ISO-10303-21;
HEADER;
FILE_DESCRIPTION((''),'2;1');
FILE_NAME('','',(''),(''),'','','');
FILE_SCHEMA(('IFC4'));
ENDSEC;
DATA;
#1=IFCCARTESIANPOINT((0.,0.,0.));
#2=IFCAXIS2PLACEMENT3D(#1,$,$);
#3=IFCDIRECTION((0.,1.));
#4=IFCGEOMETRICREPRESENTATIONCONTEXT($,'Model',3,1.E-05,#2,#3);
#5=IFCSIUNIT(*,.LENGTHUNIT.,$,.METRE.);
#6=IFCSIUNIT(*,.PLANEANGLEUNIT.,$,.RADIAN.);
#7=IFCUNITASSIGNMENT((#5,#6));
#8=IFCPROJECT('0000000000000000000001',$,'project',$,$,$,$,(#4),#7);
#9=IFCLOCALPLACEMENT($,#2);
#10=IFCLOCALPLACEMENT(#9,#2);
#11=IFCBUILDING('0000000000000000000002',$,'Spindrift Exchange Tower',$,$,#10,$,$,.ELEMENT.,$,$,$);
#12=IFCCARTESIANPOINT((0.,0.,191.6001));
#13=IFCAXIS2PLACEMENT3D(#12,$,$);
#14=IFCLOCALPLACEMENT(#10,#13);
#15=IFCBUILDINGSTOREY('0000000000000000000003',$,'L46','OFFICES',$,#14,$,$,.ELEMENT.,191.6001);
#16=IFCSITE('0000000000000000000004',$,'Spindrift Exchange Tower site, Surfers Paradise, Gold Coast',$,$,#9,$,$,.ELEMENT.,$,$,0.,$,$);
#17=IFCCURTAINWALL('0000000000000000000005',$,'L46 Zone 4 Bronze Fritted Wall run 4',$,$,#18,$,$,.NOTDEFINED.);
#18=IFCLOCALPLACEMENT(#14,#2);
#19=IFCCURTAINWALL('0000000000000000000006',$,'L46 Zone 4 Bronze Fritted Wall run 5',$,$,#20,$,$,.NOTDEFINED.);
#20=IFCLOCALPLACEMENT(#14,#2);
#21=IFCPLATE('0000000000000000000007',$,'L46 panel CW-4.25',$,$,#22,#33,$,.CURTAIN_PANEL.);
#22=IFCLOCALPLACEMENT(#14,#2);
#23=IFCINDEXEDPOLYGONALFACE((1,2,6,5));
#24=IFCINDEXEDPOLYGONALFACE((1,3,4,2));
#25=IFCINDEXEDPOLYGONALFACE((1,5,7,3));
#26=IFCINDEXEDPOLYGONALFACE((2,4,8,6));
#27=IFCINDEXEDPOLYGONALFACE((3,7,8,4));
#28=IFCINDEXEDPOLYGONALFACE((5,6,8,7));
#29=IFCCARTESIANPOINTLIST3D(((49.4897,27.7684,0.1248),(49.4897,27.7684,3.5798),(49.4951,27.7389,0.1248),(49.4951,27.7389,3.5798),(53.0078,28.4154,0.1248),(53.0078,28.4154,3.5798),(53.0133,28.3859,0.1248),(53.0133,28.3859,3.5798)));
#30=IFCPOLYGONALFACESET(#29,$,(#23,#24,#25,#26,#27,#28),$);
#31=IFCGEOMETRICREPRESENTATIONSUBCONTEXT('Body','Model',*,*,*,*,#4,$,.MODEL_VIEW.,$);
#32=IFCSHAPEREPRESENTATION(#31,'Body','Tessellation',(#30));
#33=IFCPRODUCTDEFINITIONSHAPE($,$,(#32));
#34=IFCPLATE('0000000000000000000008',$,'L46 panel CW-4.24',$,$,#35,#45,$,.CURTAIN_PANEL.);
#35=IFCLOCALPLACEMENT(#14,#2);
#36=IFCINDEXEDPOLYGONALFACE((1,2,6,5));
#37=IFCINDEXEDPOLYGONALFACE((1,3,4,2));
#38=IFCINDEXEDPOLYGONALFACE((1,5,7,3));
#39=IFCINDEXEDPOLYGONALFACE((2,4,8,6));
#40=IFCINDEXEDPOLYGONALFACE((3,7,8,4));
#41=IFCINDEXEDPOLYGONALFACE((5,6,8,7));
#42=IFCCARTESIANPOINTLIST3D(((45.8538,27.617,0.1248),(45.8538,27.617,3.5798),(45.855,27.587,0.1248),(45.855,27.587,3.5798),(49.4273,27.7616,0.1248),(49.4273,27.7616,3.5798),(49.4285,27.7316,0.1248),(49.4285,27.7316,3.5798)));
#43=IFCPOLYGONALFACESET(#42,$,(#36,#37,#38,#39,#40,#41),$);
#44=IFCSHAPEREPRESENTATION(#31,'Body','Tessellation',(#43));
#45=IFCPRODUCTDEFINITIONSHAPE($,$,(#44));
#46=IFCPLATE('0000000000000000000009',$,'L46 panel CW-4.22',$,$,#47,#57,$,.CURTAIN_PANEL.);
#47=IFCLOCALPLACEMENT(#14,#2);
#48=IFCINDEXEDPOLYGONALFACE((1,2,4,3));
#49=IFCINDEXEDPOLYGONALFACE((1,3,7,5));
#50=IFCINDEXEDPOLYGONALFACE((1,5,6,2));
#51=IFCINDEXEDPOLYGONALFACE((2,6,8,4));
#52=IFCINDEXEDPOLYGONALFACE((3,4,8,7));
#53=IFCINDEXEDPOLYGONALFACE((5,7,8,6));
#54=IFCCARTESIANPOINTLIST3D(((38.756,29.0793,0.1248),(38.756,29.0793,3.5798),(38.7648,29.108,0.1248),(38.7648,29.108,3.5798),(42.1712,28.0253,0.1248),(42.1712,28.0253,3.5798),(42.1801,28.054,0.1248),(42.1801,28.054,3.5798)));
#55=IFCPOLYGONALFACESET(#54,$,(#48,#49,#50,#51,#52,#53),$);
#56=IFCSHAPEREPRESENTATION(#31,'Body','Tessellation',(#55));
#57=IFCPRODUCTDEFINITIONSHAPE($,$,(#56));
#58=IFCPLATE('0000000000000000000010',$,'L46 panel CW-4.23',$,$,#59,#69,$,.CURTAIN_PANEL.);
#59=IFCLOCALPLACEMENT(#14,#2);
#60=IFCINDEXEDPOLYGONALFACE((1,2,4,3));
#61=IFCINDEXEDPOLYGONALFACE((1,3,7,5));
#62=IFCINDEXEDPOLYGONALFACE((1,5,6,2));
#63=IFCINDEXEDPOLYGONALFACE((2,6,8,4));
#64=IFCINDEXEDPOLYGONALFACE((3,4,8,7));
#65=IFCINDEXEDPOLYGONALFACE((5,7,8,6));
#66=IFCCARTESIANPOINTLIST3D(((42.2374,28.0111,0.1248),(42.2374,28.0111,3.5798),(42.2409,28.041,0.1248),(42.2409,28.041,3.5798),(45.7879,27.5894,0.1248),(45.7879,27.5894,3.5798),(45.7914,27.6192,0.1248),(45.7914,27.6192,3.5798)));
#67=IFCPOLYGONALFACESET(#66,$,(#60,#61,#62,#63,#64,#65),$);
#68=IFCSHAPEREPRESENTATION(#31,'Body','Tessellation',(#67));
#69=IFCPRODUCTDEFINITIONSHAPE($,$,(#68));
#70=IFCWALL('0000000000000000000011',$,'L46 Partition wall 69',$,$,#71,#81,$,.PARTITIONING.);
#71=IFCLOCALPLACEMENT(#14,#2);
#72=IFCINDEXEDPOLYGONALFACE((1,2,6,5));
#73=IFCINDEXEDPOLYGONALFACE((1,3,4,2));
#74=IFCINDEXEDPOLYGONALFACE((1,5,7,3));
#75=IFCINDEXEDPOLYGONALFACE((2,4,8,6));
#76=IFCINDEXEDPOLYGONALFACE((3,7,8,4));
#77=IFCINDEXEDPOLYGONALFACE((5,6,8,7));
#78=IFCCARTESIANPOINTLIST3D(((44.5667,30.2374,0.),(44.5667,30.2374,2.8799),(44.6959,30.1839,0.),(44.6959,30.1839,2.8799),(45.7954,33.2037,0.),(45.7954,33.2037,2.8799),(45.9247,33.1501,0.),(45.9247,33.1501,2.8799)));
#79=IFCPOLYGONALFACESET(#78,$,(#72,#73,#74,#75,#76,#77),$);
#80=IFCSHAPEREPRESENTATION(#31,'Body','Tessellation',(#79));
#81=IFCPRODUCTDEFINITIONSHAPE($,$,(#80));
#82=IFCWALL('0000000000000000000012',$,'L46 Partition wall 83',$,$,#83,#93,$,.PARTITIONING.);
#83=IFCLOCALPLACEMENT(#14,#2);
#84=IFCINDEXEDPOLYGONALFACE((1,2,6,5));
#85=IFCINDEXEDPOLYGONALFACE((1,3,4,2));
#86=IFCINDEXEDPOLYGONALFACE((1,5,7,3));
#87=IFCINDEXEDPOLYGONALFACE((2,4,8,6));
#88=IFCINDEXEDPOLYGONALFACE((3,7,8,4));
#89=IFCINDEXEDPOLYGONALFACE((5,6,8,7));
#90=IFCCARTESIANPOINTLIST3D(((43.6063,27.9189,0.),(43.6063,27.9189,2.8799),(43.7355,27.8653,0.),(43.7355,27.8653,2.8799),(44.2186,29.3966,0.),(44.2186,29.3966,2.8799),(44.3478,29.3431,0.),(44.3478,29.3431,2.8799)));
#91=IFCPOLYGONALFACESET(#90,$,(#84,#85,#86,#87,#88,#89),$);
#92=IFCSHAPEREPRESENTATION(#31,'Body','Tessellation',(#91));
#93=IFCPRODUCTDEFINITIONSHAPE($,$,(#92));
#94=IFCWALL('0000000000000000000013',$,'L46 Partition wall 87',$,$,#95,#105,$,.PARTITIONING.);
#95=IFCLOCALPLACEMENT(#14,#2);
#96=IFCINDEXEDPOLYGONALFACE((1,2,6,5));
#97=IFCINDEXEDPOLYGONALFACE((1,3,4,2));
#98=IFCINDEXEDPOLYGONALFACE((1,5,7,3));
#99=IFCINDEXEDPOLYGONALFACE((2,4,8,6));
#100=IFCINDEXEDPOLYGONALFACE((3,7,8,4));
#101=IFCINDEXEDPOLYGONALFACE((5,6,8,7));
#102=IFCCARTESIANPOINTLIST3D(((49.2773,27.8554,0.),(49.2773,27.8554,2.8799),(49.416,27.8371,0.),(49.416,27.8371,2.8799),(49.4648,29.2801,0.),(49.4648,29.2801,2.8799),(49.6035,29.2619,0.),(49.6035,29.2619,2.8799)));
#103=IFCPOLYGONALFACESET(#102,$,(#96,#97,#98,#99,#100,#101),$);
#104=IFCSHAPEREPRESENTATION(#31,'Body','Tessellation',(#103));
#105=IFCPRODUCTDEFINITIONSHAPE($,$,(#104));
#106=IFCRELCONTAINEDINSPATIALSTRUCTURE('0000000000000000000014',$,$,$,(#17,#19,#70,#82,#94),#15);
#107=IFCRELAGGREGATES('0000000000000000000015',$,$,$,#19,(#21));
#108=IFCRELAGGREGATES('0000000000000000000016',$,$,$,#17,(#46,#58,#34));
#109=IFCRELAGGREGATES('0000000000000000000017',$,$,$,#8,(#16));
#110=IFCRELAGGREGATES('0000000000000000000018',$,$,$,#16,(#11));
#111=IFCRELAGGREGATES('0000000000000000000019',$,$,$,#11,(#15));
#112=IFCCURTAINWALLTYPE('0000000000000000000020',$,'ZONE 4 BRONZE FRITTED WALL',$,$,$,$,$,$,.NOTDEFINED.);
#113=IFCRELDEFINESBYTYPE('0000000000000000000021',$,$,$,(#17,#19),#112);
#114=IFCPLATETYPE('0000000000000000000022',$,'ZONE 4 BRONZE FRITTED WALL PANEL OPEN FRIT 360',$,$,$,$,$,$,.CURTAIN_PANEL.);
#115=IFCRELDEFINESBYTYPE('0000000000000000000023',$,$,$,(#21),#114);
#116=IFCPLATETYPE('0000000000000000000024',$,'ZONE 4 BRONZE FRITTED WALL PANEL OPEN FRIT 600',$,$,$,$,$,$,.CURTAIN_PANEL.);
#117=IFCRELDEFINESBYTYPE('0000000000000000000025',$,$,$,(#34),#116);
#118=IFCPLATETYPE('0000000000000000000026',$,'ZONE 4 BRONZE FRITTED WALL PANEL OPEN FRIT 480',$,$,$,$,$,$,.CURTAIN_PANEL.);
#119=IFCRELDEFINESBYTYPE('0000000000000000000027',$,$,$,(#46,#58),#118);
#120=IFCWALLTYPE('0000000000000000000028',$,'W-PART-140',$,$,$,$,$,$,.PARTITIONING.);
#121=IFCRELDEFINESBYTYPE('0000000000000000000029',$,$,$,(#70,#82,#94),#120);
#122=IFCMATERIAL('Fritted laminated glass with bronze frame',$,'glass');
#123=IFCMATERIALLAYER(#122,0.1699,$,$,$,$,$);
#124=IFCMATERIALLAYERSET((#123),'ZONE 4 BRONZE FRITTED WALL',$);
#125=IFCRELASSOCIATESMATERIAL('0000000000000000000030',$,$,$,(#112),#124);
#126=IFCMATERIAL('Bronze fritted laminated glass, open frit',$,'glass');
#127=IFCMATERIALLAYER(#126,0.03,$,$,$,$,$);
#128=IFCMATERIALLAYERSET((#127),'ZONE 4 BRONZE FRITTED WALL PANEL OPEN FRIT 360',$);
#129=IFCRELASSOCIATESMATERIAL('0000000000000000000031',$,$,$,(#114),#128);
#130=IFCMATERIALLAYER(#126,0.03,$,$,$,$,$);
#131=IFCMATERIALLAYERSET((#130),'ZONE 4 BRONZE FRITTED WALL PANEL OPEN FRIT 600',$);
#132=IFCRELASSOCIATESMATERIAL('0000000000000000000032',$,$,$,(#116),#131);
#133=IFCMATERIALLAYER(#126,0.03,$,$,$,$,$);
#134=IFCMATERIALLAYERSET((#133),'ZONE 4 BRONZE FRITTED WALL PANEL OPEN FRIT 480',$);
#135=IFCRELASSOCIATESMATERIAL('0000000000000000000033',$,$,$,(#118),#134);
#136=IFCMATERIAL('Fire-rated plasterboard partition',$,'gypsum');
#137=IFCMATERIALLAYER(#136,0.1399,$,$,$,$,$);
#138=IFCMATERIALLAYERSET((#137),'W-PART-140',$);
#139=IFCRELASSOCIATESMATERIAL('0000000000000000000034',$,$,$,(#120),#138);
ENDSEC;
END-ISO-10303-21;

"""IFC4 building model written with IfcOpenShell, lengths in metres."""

from ifc_helpers import new_model, si_unit, direction, frame, frame_2d, origin, origin_2d, place, context, subcontext, project, spatial, rectangle, extrude, source, transform, mapped, material, layer, layer_set, type_object, element, aggregate, save


model = new_model("IFC4")

# Units and contexts
model_context = context("Model", 3, precision=1e-05, world=origin(), true_north=direction((0.0, 1.0)))
body_context = subcontext(model_context, "Body", "Model", "MODEL_VIEW")
ifc_project = project(units=[si_unit("LENGTHUNIT", "METRE"), si_unit("PLANEANGLEUNIT", "RADIAN")], contexts=[model_context])

# Site, building, storey
site_placement = place(None, origin())
site = spatial("IfcSite", under=ifc_project, at=site_placement, Name="Spindrift Exchange Tower site, Surfers Paradise, Gold Coast", CompositionType="ELEMENT", RefElevation=0.0)
building_placement = place(site_placement, origin())
building = spatial("IfcBuilding", under=site, at=building_placement, Name="Spindrift Exchange Tower", CompositionType="ELEMENT")
storey_placement = place(building_placement, frame((0.0, 0.0, 191.6001)))
storey = spatial("IfcBuildingStorey", under=building, at=storey_placement, Name="L46", Description="OFFICES", CompositionType="ELEMENT", Elevation=191.6001)

# Curtain walls
ifc_material_1 = material(Name="Fritted laminated glass with bronze frame", Category="glass")
ifc_layer_1 = layer(ifc_material_1, 0.1699)
ifc_layer_set_1 = layer_set([ifc_layer_1], Name="ZONE 4 BRONZE FRITTED WALL")
curtain_wall_type = type_object("IfcCurtainWallType", Name="ZONE 4 BRONZE FRITTED WALL", PredefinedType="NOTDEFINED", material=ifc_layer_set_1)
curtain_wall_1_placement = place(storey_placement, origin())
curtain_wall_1 = element("IfcCurtainWall", 1, at=curtain_wall_1_placement, inside=storey, type_object=curtain_wall_type, Name="L46 Zone 4 Bronze Fritted Wall run 4", PredefinedType="NOTDEFINED")
curtain_wall_2_placement = place(storey_placement, origin())
curtain_wall_2 = element("IfcCurtainWall", 2, at=curtain_wall_2_placement, inside=storey, type_object=curtain_wall_type, Name="L46 Zone 4 Bronze Fritted Wall run 5", PredefinedType="NOTDEFINED")

# Plates
ifc_material_2 = material(Name="Bronze fritted laminated glass, open frit", Category="glass")
ifc_layer_2 = layer(ifc_material_2, 0.03)
ifc_layer_set_2 = layer_set([ifc_layer_2], Name="ZONE 4 BRONZE FRITTED WALL PANEL OPEN FRIT 360")
plate_type_1 = type_object("IfcPlateType", Name="ZONE 4 BRONZE FRITTED WALL PANEL OPEN FRIT 360", PredefinedType="CURTAIN_PANEL", material=ifc_layer_set_2)
shared_shape_1 = source(origin(), body_context, "Body", "SweptSolid", [
    extrude(rectangle(XDim=3.5771, YDim=0.03, at=origin_2d()), origin(), (0.0, 0.0, 1.0), 3.4551),
])
plate_1_placement = place(storey_placement, frame((51.2515, 28.0771, 0.1248), z_axis=(0.0, 0.0, 1.0), x_axis=(0.983505, 0.180881, 0.0)))
plate_1 = element("IfcPlate", 3, at=plate_1_placement, type_object=plate_type_1, Name="L46 panel CW-4.25", PredefinedType="CURTAIN_PANEL", context=body_context, shape_type="MappedRepresentation", body=[
    mapped(shared_shape_1, transform((0.0, 0.0, 0.0), scale=1.0)),
])
aggregate(curtain_wall_2, [plate_1])
ifc_layer_3 = layer(ifc_material_2, 0.03)
ifc_layer_set_3 = layer_set([ifc_layer_3], Name="ZONE 4 BRONZE FRITTED WALL PANEL OPEN FRIT 600")
plate_type_2 = type_object("IfcPlateType", Name="ZONE 4 BRONZE FRITTED WALL PANEL OPEN FRIT 600", PredefinedType="CURTAIN_PANEL", material=ifc_layer_set_3)
shared_shape_2 = source(origin(), body_context, "Body", "SweptSolid", [
    extrude(rectangle(XDim=3.5764, YDim=0.03, at=origin_2d()), origin(), (0.0, 0.0, 1.0), 3.4551),
])
plate_2_placement = place(storey_placement, frame((47.6411, 27.6743, 0.1248), z_axis=(0.0, 0.0, 1.0), x_axis=(0.999183, 0.040423, 0.0)))
plate_2 = element("IfcPlate", 4, at=plate_2_placement, type_object=plate_type_2, Name="L46 panel CW-4.24", PredefinedType="CURTAIN_PANEL", context=body_context, shape_type="MappedRepresentation", body=[
    mapped(shared_shape_2, transform((0.0, 0.0, 0.0), scale=1.0)),
])
ifc_layer_4 = layer(ifc_material_2, 0.03)
ifc_layer_set_4 = layer_set([ifc_layer_4], Name="ZONE 4 BRONZE FRITTED WALL PANEL OPEN FRIT 480")
plate_type_3 = type_object("IfcPlateType", Name="ZONE 4 BRONZE FRITTED WALL PANEL OPEN FRIT 480", PredefinedType="CURTAIN_PANEL", material=ifc_layer_set_4)
shared_shape_3 = source(origin(), body_context, "Body", "SweptSolid", [
    extrude(rectangle(XDim=3.5742, YDim=0.03, at=origin_2d()), origin(), (0.0, 0.0, 1.0), 3.4551),
])
plate_3_placement = place(storey_placement, frame((40.468, 28.5667, 0.1248), z_axis=(0.0, 0.0, 1.0), x_axis=(0.955529, -0.294896, 0.0)))
plate_3 = element("IfcPlate", 5, at=plate_3_placement, type_object=plate_type_3, Name="L46 panel CW-4.22", PredefinedType="CURTAIN_PANEL", context=body_context, shape_type="MappedRepresentation", body=[
    mapped(shared_shape_3, transform((0.0, 0.0, 0.0), scale=1.0)),
])
shared_shape_4 = source(origin(), body_context, "Body", "SweptSolid", [
    extrude(rectangle(XDim=3.5754, YDim=0.03, at=origin_2d()), origin(), (0.0, 0.0, 1.0), 3.4551),
])
plate_4_placement = place(storey_placement, frame((44.0144, 27.8152, 0.1248), z_axis=(0.0, 0.0, 1.0), x_axis=(0.99302, -0.11795, 0.0)))
plate_4 = element("IfcPlate", 6, at=plate_4_placement, type_object=plate_type_3, Name="L46 panel CW-4.23", PredefinedType="CURTAIN_PANEL", context=body_context, shape_type="MappedRepresentation", body=[
    mapped(shared_shape_4, transform((0.0, 0.0, 0.0), scale=1.0)),
])
aggregate(curtain_wall_1, [plate_3, plate_4, plate_2])

# Walls
ifc_material_3 = material(Name="Fire-rated plasterboard partition", Category="gypsum")
ifc_layer_5 = layer(ifc_material_3, 0.1399)
ifc_layer_set_5 = layer_set([ifc_layer_5], Name="W-PART-140")
wall_type = type_object("IfcWallType", Name="W-PART-140", PredefinedType="PARTITIONING", material=ifc_layer_set_5)
wall_1_placement = place(storey_placement, frame((45.8601, 33.177, 0.0), z_axis=(0.0, 0.0, 1.0), x_axis=(-0.382703, -0.923871, 0.0)))
element("IfcWall", 7, at=wall_1_placement, inside=storey, type_object=wall_type, Name="L46 Partition wall 69", PredefinedType="PARTITIONING", context=body_context, shape_type="SweptSolid", body=[
    extrude(rectangle(XDim=3.2107, YDim=0.1399, at=frame_2d((1.6055, 0.0))), origin(), (0.0, 0.0, 1.0), 2.8799),
])
wall_2_placement = place(storey_placement, frame((44.2832, 29.3699, 0.0), z_axis=(0.0, 0.0, 1.0), x_axis=(-0.382783, -0.923838, 0.0)))
element("IfcWall", 8, at=wall_2_placement, inside=storey, type_object=wall_type, Name="L46 Partition wall 83", PredefinedType="PARTITIONING", context=body_context, shape_type="SweptSolid", body=[
    extrude(rectangle(XDim=1.5996, YDim=0.1399, at=frame_2d((0.7998, 0.0))), origin(), (0.0, 0.0, 1.0), 2.8799),
])
wall_3_placement = place(storey_placement, frame((49.5342, 29.271, 0.0), z_axis=(0.0, 0.0, 1.0), x_axis=(-0.130472, -0.991452, 0.0)))
element("IfcWall", 9, at=wall_3_placement, inside=storey, type_object=wall_type, Name="L46 Partition wall 87", PredefinedType="PARTITIONING", context=body_context, shape_type="SweptSolid", body=[
    extrude(rectangle(XDim=1.437, YDim=0.1399, at=frame_2d((0.7185, 0.0))), origin(), (0.0, 0.0, 1.0), 2.8799),
])

save(model, "model.ifc")
